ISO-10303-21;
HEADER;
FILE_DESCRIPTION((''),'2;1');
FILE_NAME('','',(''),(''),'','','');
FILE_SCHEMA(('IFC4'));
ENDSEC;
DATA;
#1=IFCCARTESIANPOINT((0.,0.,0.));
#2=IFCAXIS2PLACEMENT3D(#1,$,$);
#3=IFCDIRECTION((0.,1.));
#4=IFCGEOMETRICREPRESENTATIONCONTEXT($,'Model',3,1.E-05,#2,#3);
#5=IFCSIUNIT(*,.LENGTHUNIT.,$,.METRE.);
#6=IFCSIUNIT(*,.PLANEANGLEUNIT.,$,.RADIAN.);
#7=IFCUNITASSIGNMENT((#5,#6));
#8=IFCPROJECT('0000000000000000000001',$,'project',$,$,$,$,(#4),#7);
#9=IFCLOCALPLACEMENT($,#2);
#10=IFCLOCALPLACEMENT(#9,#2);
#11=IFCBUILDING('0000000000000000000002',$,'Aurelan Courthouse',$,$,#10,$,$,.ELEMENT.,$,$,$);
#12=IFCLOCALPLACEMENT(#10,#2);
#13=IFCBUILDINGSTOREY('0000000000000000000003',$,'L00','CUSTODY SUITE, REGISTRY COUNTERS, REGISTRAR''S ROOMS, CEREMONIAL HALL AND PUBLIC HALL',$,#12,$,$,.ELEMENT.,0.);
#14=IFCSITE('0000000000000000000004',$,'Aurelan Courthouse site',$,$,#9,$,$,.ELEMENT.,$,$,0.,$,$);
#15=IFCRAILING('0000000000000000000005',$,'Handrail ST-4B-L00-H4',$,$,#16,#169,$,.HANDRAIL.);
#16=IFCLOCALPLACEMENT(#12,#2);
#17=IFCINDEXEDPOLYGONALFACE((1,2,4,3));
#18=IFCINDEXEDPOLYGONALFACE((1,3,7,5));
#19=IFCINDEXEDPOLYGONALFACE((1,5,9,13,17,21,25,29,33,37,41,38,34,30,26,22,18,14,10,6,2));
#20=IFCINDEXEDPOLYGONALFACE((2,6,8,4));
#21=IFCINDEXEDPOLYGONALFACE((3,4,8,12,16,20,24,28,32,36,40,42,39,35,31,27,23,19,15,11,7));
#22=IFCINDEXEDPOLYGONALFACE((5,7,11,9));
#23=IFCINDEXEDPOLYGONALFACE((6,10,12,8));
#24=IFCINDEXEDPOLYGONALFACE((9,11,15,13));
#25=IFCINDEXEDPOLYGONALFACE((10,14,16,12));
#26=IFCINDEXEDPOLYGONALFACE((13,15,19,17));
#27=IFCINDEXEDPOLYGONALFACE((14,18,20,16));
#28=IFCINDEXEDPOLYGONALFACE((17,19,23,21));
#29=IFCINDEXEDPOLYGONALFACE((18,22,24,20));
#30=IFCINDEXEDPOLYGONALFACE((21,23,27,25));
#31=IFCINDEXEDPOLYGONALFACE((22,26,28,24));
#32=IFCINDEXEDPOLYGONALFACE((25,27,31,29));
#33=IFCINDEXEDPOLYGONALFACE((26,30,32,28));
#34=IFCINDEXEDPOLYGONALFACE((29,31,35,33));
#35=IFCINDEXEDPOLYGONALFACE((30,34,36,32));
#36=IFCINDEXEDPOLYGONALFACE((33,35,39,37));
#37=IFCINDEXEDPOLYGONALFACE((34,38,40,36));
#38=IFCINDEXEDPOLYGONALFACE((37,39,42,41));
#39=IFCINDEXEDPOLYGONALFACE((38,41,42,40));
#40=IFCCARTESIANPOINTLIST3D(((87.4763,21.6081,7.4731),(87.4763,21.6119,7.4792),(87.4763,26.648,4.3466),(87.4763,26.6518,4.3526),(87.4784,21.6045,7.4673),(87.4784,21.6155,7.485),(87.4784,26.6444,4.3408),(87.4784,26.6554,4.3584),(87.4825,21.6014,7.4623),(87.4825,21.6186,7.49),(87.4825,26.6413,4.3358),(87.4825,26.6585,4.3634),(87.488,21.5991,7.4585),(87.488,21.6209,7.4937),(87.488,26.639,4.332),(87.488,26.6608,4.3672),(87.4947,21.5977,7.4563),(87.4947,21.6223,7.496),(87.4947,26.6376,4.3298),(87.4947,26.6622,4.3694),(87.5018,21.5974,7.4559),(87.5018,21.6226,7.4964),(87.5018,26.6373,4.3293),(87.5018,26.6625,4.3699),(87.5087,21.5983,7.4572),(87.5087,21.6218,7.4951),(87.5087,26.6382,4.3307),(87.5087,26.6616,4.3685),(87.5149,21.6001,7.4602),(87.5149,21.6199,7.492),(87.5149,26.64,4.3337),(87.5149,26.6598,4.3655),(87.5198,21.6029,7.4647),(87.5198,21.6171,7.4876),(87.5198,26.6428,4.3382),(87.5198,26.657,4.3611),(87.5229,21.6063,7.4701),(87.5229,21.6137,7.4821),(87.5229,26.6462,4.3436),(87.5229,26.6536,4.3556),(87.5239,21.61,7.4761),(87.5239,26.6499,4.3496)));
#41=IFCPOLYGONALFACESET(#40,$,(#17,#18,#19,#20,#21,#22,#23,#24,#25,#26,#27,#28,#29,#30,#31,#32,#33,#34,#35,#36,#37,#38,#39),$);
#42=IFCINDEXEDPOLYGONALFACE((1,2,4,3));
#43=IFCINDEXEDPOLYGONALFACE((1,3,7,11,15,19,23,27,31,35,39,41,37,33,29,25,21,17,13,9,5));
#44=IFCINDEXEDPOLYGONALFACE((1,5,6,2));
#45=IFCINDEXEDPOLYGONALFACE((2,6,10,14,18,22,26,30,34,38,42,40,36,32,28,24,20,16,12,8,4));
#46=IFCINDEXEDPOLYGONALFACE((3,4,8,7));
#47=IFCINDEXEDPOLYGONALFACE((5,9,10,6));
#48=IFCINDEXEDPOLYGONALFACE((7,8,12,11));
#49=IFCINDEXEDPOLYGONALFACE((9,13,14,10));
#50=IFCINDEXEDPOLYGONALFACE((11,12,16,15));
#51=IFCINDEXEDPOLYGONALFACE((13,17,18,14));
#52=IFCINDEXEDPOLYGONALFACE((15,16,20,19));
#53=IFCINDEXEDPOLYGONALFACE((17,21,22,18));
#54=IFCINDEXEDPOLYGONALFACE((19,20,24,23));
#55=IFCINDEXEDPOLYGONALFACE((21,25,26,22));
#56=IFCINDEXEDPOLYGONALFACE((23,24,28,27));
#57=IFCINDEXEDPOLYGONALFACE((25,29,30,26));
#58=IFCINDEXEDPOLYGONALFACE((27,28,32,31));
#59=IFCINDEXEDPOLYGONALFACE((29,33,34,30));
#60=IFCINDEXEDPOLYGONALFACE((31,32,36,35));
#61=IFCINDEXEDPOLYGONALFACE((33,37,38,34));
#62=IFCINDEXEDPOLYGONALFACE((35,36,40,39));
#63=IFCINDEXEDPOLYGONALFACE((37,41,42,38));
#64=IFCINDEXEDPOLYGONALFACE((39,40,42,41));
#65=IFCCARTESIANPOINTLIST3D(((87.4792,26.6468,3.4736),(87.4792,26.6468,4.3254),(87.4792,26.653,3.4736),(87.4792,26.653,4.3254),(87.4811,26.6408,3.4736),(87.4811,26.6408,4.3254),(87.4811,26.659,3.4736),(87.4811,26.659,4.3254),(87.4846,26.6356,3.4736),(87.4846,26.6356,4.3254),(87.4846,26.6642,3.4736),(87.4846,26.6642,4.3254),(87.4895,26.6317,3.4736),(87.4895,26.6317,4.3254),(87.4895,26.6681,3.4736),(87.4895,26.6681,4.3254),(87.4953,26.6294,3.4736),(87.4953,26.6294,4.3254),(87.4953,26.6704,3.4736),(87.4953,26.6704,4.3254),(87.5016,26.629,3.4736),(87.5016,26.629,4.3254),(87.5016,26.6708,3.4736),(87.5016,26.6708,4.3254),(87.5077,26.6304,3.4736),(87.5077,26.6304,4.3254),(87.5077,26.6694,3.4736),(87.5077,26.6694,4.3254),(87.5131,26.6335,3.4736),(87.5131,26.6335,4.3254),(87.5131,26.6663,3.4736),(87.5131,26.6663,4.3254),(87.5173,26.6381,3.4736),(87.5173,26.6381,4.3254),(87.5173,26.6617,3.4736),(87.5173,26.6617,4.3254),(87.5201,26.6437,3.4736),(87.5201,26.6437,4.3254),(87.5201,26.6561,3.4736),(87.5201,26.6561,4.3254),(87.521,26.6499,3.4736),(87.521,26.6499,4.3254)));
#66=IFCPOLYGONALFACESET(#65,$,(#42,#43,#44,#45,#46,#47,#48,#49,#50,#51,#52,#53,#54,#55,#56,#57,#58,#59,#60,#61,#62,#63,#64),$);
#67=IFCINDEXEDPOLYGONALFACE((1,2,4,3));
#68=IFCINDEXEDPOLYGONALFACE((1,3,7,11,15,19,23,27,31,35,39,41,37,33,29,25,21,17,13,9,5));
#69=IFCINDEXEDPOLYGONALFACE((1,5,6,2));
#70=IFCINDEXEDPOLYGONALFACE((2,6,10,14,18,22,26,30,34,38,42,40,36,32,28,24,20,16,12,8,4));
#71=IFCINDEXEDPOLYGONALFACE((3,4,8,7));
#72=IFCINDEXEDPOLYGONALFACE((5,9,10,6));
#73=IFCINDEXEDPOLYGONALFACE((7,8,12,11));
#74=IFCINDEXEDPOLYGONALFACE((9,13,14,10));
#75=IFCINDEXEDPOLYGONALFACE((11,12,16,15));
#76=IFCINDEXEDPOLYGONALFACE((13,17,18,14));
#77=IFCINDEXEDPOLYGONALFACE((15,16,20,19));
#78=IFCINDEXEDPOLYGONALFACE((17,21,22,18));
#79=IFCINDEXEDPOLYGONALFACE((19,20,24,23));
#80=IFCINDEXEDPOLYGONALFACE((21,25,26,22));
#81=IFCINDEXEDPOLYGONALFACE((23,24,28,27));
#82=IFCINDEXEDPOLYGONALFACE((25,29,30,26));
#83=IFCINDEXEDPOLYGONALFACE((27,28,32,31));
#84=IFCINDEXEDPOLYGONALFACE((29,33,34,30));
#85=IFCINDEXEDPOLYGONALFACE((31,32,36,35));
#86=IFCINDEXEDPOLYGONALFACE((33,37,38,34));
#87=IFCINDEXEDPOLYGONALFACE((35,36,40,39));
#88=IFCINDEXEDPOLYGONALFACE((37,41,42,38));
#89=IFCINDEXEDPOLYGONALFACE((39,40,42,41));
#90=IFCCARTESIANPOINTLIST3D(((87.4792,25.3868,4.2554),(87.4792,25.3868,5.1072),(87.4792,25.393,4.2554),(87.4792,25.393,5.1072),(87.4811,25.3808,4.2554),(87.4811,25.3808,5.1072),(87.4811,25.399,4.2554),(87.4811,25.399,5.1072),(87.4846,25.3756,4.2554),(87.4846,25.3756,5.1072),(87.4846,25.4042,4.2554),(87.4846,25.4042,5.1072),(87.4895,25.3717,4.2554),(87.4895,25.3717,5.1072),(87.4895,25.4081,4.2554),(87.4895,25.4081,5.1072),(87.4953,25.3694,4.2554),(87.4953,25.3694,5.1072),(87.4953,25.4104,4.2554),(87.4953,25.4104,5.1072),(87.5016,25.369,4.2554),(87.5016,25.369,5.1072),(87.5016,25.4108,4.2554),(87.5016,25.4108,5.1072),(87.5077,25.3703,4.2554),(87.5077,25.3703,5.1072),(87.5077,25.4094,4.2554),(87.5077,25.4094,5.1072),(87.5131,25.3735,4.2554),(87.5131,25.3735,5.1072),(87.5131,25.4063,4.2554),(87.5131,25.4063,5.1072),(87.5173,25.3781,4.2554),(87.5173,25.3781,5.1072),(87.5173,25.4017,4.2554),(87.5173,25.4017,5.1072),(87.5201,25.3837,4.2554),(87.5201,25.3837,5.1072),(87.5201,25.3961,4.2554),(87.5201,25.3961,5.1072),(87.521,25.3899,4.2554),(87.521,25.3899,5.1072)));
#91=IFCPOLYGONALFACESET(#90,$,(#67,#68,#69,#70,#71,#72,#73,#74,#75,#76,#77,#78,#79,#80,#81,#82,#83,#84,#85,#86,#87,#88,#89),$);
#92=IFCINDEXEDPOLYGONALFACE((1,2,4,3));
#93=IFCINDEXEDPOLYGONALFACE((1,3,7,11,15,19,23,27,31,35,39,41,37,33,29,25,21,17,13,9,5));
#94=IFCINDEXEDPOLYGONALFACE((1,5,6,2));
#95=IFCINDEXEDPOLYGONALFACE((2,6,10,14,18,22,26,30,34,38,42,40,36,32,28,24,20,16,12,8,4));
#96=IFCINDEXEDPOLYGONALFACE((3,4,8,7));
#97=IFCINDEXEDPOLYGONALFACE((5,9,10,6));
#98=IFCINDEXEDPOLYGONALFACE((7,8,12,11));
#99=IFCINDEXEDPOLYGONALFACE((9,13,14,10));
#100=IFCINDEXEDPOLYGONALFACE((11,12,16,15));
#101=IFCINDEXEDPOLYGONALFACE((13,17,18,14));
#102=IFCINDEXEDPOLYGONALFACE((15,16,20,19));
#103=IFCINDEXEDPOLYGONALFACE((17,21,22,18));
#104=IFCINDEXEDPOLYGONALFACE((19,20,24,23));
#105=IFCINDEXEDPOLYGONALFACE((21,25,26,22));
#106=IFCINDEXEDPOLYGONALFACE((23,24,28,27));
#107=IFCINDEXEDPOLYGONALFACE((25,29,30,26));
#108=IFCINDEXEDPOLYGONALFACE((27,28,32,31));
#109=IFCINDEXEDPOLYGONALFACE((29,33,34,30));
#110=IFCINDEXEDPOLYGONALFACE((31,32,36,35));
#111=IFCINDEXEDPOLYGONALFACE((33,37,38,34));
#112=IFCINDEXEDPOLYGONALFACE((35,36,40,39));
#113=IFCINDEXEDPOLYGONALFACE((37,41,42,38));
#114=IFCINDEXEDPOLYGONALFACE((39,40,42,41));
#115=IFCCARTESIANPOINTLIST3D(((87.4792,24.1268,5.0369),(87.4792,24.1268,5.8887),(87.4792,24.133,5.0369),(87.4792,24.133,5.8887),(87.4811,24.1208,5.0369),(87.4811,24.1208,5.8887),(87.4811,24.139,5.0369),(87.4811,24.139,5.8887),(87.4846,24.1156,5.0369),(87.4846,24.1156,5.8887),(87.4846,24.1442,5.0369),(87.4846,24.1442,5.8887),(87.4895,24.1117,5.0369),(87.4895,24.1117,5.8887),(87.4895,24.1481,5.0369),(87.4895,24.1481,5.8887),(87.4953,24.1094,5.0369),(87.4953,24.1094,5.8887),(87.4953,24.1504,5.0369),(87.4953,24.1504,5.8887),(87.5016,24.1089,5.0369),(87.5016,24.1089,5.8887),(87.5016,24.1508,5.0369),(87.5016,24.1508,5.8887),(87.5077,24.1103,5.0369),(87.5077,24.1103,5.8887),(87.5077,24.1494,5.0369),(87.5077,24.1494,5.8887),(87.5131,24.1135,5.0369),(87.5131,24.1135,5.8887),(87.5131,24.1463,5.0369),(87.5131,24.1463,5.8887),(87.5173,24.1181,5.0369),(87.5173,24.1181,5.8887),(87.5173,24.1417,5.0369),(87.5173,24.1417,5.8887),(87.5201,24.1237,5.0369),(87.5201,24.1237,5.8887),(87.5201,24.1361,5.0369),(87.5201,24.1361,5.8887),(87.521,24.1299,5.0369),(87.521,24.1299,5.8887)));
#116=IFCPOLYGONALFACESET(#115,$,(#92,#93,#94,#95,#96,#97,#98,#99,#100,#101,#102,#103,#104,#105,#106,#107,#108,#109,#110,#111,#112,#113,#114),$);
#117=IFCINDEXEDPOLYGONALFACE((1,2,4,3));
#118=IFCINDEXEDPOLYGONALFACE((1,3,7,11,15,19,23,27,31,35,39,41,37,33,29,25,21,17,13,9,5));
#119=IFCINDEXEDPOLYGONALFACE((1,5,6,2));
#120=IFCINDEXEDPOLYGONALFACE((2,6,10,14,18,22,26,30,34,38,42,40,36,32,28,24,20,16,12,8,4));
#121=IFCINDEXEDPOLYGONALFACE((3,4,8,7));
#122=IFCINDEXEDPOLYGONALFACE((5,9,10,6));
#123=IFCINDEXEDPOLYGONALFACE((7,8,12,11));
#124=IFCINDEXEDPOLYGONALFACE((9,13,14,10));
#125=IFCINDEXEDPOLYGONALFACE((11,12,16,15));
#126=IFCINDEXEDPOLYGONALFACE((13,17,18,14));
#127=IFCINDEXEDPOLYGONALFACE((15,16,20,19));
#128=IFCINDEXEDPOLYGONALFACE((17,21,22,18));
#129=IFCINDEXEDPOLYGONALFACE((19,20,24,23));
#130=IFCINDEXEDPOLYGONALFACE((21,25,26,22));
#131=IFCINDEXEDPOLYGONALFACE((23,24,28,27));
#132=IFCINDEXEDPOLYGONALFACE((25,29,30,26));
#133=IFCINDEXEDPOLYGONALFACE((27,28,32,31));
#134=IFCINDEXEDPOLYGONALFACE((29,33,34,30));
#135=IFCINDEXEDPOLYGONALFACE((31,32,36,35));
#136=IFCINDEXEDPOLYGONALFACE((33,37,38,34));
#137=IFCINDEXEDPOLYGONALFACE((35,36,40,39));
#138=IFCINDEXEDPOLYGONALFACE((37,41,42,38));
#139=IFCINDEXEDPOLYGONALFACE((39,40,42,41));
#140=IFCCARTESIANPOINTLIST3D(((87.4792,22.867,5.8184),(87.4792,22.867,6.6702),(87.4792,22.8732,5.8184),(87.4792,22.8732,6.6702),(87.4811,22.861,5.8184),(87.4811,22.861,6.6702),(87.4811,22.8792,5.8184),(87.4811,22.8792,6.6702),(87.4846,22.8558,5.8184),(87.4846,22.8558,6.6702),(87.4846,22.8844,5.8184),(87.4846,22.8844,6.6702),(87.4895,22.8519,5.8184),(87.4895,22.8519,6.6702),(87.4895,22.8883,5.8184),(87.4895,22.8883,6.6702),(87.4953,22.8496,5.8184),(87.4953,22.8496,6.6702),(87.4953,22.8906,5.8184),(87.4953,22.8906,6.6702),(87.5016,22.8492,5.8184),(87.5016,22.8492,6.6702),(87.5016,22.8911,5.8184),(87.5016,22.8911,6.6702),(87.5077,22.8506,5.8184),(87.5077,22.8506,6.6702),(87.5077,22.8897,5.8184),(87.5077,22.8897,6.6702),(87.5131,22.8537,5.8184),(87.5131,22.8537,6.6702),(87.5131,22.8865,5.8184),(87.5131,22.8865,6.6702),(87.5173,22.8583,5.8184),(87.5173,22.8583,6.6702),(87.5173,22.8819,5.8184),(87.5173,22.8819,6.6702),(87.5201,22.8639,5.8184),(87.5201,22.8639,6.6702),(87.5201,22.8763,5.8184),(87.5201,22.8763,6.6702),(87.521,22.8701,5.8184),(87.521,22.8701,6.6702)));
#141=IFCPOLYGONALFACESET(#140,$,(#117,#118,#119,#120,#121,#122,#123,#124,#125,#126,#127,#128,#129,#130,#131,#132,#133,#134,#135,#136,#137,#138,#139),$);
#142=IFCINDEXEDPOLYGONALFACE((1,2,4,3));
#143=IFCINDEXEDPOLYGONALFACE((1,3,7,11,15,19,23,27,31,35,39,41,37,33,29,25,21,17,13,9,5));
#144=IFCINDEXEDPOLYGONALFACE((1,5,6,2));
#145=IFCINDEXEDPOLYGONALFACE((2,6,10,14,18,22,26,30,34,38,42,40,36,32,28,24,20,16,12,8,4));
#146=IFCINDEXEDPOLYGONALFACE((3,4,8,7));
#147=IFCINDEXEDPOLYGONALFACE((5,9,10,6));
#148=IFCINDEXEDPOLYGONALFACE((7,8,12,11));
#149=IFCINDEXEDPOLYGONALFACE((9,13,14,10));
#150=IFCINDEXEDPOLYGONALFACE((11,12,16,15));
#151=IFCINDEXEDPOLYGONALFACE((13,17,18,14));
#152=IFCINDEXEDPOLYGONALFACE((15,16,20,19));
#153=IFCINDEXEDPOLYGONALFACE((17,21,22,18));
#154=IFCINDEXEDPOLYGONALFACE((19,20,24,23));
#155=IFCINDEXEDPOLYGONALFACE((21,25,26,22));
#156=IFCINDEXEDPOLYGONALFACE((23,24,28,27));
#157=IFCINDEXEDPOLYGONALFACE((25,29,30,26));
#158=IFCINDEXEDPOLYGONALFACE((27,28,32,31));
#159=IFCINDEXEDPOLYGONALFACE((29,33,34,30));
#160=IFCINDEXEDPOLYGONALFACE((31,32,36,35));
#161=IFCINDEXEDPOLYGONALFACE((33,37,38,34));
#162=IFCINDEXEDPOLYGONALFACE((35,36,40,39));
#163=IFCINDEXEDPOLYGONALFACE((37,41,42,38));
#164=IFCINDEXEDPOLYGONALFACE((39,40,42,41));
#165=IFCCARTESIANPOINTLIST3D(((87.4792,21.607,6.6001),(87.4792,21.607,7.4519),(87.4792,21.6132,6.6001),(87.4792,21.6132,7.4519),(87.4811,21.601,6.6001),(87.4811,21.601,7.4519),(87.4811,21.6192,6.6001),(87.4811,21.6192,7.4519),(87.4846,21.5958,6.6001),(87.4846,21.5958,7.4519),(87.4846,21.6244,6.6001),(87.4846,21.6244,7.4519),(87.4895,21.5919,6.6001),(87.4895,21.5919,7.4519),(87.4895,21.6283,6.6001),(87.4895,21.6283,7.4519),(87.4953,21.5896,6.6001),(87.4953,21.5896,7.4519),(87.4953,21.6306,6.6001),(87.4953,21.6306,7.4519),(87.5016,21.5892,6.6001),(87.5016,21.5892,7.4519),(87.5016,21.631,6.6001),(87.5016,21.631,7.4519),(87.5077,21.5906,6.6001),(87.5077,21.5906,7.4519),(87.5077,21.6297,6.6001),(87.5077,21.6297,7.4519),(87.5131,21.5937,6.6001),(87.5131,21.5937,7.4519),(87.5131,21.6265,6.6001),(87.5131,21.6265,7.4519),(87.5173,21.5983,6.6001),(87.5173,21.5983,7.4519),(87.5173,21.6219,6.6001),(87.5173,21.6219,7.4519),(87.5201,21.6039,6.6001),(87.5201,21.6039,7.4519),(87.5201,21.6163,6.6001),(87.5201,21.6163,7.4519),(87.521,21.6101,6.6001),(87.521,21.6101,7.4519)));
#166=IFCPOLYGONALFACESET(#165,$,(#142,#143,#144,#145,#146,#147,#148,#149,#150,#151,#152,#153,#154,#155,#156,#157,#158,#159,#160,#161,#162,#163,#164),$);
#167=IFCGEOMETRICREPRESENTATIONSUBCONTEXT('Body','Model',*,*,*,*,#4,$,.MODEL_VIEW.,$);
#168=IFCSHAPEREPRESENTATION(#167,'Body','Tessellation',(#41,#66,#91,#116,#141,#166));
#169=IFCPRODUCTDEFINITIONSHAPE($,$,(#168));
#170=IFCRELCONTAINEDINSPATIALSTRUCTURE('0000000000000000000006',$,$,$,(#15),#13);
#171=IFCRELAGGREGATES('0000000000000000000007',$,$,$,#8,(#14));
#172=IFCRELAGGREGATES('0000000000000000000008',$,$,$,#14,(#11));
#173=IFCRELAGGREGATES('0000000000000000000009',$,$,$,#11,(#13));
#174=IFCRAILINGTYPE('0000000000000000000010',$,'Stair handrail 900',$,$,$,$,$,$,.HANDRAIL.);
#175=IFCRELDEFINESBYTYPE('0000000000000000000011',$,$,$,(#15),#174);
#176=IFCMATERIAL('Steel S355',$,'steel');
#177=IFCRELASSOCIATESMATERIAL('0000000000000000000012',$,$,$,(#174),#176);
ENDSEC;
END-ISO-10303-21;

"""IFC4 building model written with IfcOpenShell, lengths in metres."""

from ifc_helpers import new_model, si_unit, direction, frame, origin, origin_2d, place, context, subcontext, project, spatial, circle, extrude, material, type_object, element, save


model = new_model("IFC4")

# Units and contexts
model_context = context("Model", 3, precision=1e-05, world=origin(), true_north=direction((0.0, 1.0)))
body_context = subcontext(model_context, "Body", "Model", "MODEL_VIEW")
ifc_project = project(units=[si_unit("LENGTHUNIT", "METRE"), si_unit("PLANEANGLEUNIT", "RADIAN")], contexts=[model_context])

# Site, building, storey
site_placement = place(None, origin())
site = spatial("IfcSite", under=ifc_project, at=site_placement, Name="Aurelan Courthouse site", CompositionType="ELEMENT", RefElevation=0.0)
building_placement = place(site_placement, origin())
building = spatial("IfcBuilding", under=site, at=building_placement, Name="Aurelan Courthouse", CompositionType="ELEMENT")
storey_placement = place(building_placement, origin())
storey = spatial("IfcBuildingStorey", under=building, at=storey_placement, Name="L00", Description="CUSTODY SUITE, REGISTRY COUNTERS, REGISTRAR'S ROOMS, CEREMONIAL HALL AND PUBLIC HALL", CompositionType="ELEMENT", Elevation=0.0)

# Railing
ifc_material_1 = material(Name="Steel S355", Category="steel")
railing_type_1 = type_object("IfcRailingType", Name="Stair handrail 900", PredefinedType="HANDRAIL", material=ifc_material_1)
for number, where, name in (
    (1, (87.5, 26.6499, 3.4736), "Handrail ST-4B-L00-H4"),
):
    element("IfcRailing", number, at=place(storey_placement, frame(where)), inside=storey, type_object=railing_type_1, Name=name, PredefinedType="HANDRAIL", context=body_context, shape_type="SweptSolid", body=[
        extrude(circle(Radius=0.0239, at=origin_2d()), frame((0.0, 0.0, 0.876), z_axis=(0.0, -0.849767, 0.527158), x_axis=(1.0, 0.0, 0.0)), (0.0, 0.0, 1.0), 5.9309),
        extrude(circle(Radius=0.021, at=origin_2d()), origin(), (0.0, 0.0, 1.0), 0.8518),
        extrude(circle(Radius=0.021, at=origin_2d()), frame((0.0, -1.26, 0.7817)), (0.0, 0.0, 1.0), 0.8518),
        extrude(circle(Radius=0.021, at=origin_2d()), frame((0.0, -2.52, 1.5632)), (0.0, 0.0, 1.0), 0.8518),
        extrude(circle(Radius=0.021, at=origin_2d()), frame((0.0, -3.7798, 2.3447)), (0.0, 0.0, 1.0), 0.8518),
        extrude(circle(Radius=0.021, at=origin_2d()), frame((0.0, -5.0398, 3.1265)), (0.0, 0.0, 1.0), 0.8518),
    ])

save(model, "model.ifc")
